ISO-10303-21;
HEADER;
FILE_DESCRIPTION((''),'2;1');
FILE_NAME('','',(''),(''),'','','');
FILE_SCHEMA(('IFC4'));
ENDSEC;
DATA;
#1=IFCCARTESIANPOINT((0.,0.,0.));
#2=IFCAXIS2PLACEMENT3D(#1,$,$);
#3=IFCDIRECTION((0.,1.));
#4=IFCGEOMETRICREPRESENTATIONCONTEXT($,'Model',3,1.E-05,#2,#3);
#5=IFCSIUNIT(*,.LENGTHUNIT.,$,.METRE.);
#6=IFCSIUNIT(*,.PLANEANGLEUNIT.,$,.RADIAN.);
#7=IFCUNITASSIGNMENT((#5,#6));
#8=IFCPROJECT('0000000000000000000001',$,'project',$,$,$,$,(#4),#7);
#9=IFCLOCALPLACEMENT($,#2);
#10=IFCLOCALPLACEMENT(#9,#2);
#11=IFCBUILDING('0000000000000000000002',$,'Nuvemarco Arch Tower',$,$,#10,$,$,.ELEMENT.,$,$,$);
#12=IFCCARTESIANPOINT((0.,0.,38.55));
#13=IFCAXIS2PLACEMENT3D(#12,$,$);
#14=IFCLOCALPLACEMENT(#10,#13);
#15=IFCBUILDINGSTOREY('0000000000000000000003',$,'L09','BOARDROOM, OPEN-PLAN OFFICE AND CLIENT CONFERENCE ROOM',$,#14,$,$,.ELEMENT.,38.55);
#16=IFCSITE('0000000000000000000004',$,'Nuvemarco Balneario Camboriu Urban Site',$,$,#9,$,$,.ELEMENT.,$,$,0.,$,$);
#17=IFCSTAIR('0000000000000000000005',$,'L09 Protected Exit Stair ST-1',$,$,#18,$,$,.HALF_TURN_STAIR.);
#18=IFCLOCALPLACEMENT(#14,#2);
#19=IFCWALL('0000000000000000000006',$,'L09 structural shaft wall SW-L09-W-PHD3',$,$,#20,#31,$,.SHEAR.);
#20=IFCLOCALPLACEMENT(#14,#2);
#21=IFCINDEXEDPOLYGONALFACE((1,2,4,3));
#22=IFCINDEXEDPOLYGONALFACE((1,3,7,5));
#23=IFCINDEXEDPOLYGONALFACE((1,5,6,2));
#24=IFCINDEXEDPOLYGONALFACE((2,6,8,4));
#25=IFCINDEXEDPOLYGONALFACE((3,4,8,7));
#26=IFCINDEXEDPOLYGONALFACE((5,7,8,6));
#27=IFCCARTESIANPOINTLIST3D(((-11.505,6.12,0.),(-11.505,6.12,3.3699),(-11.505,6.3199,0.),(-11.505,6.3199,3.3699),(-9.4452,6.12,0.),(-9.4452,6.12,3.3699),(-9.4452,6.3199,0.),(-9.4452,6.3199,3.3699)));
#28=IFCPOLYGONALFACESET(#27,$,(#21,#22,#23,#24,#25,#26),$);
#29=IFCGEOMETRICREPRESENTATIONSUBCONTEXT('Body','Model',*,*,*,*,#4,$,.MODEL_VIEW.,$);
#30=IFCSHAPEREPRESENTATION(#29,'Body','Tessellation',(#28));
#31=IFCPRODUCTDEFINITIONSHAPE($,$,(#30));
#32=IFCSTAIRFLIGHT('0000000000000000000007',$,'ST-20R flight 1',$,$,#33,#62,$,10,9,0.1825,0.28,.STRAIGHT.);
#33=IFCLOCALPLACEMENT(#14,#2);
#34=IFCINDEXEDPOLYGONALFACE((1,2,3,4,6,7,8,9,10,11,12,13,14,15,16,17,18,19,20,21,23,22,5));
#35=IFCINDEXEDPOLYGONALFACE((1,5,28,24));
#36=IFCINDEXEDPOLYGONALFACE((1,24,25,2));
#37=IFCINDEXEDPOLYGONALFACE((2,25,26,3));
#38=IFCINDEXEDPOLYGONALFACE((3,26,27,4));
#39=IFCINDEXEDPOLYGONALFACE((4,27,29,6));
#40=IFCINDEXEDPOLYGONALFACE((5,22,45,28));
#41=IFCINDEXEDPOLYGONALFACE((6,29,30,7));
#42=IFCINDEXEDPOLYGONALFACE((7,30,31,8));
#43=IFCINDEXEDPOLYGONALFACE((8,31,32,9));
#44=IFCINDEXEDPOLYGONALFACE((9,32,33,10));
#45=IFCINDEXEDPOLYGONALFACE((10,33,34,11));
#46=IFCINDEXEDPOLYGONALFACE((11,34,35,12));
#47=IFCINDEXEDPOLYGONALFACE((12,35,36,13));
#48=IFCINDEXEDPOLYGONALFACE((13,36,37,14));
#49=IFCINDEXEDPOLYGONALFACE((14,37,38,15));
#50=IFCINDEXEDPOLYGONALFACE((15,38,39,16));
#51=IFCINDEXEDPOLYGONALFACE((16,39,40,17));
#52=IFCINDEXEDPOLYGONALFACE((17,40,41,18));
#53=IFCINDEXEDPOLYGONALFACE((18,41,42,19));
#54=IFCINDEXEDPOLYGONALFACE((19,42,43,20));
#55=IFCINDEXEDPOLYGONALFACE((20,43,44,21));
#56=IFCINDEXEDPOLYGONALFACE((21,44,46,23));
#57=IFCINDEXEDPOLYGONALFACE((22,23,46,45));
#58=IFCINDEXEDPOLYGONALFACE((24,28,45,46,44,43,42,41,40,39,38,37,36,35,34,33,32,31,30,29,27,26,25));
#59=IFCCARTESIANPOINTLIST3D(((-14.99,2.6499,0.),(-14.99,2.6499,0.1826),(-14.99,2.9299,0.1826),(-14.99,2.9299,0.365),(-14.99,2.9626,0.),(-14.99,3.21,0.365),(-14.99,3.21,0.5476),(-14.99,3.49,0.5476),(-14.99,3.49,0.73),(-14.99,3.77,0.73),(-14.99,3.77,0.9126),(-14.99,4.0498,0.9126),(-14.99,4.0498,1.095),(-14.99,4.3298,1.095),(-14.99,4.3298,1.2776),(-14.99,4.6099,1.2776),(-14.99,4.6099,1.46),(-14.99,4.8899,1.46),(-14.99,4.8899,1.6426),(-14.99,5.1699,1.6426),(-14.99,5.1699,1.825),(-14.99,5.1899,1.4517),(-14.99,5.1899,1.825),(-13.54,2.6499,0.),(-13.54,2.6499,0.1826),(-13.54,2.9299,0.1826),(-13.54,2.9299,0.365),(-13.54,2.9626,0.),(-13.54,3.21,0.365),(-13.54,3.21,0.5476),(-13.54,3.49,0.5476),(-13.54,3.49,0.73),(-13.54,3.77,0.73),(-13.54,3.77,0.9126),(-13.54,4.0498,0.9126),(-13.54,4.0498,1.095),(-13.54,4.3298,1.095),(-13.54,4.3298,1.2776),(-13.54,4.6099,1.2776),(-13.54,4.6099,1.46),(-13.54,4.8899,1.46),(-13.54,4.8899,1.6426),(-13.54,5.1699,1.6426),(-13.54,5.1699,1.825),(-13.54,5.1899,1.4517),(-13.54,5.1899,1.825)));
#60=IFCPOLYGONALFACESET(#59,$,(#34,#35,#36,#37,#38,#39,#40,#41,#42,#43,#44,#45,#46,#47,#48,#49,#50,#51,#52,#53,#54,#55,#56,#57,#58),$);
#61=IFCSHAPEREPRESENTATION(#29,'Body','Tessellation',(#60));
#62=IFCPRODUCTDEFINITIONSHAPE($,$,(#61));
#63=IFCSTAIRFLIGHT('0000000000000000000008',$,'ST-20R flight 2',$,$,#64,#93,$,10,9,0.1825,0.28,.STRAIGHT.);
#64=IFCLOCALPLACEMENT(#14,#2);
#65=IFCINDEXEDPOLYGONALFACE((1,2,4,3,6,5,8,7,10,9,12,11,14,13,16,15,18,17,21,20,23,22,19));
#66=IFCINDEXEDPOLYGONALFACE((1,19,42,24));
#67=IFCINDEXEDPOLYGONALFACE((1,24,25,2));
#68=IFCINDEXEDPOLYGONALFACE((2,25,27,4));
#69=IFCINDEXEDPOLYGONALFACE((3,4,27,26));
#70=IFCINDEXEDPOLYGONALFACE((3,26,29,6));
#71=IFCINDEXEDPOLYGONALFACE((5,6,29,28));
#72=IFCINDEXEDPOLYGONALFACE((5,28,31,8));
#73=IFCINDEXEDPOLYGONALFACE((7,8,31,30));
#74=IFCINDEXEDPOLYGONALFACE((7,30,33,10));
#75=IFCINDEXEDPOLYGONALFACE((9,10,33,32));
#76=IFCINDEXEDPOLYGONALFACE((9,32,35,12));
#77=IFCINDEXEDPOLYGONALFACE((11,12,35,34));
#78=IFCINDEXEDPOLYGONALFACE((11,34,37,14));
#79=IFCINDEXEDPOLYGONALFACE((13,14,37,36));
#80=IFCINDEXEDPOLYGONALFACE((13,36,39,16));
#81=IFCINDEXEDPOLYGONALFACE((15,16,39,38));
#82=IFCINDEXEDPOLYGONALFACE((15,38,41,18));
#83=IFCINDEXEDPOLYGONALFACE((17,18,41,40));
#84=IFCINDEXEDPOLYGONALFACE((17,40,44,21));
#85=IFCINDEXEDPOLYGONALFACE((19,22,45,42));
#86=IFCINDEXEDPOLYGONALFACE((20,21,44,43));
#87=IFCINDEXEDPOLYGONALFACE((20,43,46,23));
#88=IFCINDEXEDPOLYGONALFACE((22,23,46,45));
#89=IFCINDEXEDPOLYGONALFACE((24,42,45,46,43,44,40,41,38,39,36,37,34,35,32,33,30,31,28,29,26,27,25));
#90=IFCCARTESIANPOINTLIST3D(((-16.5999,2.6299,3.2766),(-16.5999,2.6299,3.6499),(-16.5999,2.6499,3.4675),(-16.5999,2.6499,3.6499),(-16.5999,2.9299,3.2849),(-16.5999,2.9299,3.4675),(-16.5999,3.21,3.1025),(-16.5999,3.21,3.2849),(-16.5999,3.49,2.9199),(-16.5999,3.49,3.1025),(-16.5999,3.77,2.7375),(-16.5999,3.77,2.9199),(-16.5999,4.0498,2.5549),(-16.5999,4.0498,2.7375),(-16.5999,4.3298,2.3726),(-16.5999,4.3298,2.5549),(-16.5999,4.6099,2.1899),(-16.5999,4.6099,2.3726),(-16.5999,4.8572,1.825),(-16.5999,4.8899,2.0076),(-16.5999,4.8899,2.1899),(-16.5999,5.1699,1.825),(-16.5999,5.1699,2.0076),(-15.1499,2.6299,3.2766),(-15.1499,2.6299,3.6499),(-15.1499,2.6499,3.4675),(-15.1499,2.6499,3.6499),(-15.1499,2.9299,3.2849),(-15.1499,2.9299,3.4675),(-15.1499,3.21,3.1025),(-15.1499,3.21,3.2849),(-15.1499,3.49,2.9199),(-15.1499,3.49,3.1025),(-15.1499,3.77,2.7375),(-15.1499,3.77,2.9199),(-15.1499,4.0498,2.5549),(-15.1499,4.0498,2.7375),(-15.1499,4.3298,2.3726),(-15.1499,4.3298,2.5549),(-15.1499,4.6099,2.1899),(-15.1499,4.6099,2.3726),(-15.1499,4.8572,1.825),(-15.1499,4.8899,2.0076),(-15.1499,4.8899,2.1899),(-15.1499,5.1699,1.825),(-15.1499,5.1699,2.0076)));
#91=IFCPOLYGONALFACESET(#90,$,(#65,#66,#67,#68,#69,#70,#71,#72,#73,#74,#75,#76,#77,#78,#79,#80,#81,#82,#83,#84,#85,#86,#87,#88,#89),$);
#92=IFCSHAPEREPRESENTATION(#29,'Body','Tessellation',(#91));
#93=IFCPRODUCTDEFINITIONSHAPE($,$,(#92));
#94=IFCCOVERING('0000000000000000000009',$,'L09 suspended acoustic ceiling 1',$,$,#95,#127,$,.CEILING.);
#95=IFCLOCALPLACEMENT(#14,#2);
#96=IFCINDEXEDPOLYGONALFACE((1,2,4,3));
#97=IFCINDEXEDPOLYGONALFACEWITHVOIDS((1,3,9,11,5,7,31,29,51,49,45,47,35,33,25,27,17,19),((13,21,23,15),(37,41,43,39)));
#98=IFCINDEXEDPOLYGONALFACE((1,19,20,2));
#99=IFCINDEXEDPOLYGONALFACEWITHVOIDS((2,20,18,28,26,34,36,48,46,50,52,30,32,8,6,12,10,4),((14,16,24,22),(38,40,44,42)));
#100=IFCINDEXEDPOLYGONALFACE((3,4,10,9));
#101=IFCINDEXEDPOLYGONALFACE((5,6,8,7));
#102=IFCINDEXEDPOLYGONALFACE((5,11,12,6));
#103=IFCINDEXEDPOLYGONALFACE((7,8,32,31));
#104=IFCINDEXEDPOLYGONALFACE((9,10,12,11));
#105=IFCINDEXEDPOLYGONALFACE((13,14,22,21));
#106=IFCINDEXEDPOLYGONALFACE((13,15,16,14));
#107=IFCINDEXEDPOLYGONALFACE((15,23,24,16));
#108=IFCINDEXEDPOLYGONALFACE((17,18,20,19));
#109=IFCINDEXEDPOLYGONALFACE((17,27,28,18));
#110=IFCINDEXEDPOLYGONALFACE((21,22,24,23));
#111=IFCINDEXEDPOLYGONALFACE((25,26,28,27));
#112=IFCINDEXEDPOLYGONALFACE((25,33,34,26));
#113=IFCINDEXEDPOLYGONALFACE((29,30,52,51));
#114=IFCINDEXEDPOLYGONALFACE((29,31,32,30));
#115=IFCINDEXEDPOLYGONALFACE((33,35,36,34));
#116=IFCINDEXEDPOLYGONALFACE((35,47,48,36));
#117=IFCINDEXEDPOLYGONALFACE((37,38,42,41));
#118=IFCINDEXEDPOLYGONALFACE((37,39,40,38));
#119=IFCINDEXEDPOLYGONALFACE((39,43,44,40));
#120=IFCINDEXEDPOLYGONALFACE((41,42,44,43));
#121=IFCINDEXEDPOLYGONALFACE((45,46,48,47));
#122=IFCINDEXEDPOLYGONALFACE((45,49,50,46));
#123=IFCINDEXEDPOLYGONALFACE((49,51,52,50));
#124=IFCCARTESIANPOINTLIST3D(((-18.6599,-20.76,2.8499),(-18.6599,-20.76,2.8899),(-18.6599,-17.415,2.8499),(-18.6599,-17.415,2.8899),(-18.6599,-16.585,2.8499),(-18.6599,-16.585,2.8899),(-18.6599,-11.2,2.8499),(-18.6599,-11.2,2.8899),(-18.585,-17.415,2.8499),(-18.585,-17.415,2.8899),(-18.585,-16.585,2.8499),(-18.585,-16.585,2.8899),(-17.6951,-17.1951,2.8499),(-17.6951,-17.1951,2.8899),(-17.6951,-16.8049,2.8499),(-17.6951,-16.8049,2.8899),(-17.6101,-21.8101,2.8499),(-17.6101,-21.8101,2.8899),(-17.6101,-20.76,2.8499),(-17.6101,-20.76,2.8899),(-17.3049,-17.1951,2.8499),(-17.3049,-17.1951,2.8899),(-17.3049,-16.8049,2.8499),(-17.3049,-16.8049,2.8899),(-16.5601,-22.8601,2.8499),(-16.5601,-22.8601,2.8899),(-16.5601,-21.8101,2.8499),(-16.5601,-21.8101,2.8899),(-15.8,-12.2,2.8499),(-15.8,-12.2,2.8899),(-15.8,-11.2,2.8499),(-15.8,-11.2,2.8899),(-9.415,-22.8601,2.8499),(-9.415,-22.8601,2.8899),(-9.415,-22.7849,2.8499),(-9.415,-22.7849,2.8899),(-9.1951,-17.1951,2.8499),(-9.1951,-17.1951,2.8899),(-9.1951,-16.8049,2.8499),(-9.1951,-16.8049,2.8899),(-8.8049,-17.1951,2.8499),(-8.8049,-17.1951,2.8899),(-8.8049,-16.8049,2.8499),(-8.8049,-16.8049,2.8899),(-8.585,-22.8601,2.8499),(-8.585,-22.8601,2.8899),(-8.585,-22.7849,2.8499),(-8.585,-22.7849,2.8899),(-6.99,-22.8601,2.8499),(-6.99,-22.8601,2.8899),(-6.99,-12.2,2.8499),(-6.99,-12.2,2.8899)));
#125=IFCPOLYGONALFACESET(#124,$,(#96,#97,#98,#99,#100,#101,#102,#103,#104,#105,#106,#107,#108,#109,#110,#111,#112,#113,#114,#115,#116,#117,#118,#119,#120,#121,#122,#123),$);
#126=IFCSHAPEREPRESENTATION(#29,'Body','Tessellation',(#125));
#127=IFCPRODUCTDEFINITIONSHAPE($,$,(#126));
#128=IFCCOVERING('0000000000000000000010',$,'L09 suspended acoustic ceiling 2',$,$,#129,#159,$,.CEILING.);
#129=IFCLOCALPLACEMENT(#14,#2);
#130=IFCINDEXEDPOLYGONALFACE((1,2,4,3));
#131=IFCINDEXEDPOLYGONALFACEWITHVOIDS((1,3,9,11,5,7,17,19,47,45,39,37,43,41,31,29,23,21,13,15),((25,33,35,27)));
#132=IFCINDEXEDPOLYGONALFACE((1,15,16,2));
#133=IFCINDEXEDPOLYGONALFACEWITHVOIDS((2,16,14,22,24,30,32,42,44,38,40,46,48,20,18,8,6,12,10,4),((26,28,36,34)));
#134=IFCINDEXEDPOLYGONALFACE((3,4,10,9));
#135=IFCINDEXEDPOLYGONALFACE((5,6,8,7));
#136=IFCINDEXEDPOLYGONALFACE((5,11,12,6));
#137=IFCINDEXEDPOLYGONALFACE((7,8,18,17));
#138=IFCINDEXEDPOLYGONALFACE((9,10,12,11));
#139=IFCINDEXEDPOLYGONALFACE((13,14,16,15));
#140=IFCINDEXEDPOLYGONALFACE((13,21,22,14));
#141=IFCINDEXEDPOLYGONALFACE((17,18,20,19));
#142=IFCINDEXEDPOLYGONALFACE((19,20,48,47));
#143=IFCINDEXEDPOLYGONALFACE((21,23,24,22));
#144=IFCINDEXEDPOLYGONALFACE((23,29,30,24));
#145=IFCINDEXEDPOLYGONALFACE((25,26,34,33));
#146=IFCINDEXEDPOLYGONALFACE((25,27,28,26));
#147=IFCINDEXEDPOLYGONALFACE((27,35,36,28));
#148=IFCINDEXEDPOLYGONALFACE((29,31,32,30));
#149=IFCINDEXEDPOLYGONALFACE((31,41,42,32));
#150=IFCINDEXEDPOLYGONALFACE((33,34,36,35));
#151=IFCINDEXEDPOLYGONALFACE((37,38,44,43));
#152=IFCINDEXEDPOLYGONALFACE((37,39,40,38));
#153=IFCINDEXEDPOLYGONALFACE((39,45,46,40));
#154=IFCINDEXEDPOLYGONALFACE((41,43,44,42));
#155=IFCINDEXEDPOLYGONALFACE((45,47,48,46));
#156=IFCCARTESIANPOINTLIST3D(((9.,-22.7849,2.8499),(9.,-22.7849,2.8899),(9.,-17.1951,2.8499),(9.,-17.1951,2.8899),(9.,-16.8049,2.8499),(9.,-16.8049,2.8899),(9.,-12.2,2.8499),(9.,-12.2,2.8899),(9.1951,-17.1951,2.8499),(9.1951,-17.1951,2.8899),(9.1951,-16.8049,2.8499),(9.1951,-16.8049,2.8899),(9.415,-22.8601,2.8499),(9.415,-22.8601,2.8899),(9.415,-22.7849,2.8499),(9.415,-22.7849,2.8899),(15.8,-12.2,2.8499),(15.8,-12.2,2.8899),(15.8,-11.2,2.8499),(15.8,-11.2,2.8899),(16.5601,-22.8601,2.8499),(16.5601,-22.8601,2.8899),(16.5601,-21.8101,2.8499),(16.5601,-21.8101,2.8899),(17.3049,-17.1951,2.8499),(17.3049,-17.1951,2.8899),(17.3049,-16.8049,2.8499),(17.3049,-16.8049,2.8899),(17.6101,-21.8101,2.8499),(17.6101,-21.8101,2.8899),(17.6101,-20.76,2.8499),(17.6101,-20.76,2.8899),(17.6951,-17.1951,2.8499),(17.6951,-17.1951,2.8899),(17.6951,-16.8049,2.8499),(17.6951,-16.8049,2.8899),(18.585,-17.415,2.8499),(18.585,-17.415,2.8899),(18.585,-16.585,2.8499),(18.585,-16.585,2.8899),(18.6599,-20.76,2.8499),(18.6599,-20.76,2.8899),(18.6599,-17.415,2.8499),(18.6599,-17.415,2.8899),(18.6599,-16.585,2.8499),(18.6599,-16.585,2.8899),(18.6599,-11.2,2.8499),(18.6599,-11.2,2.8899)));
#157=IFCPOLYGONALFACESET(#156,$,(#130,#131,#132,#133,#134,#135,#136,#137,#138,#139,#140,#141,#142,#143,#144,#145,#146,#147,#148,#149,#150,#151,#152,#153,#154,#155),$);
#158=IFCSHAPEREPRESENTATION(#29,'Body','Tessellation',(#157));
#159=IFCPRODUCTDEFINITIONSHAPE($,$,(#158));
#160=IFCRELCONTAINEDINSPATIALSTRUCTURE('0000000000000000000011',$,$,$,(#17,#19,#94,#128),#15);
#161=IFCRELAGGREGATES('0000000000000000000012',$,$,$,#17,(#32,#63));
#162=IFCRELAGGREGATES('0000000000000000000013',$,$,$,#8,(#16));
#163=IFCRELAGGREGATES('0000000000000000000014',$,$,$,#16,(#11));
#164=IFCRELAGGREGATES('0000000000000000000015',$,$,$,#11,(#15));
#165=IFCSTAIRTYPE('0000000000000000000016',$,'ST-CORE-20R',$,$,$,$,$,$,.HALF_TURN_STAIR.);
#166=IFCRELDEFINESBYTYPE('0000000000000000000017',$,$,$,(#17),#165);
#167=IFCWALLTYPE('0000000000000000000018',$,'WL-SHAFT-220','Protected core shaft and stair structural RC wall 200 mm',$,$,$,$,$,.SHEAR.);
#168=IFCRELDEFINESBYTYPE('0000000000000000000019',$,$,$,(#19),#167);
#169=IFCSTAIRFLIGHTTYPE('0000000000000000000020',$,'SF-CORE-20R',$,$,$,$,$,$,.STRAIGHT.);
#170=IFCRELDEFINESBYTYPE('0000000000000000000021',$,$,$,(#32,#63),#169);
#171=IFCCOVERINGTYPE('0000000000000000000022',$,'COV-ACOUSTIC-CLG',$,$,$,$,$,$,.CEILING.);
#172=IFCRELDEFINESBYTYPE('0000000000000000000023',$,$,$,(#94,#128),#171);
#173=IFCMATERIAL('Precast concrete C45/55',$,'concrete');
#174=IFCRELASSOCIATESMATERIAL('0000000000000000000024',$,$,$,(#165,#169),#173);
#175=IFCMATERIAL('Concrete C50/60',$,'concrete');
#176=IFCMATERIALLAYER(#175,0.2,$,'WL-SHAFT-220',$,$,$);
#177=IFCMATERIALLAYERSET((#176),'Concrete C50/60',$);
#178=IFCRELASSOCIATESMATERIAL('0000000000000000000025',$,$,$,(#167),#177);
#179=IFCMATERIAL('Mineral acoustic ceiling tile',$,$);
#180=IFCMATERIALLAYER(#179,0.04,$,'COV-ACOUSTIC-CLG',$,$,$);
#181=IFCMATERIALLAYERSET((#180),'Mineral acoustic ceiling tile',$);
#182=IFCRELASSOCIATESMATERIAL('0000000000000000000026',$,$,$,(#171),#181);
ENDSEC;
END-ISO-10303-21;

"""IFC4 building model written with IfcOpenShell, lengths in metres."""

from ifc_helpers import new_model, si_unit, direction, frame, frame_2d, origin, place, context, subcontext, project, spatial, polyline, rectangle, outline, extrude, material, layer, layer_set, type_object, element, aggregate, save


model = new_model("IFC4")

# Units and contexts
model_context = context("Model", 3, precision=1e-05, world=origin(), true_north=direction((0.0, 1.0)))
body_context = subcontext(model_context, "Body", "Model", "MODEL_VIEW")
ifc_project = project(units=[si_unit("LENGTHUNIT", "METRE"), si_unit("PLANEANGLEUNIT", "RADIAN")], contexts=[model_context])

# Site, building, storey
site_placement = place(None, origin())
site = spatial("IfcSite", under=ifc_project, at=site_placement, Name="Nuvemarco Balneario Camboriu Urban Site", CompositionType="ELEMENT", RefElevation=0.0)
building_placement = place(site_placement, origin())
building = spatial("IfcBuilding", under=site, at=building_placement, Name="Nuvemarco Arch Tower", CompositionType="ELEMENT")
storey_placement = place(building_placement, frame((0.0, 0.0, 38.55)))
storey = spatial("IfcBuildingStorey", under=building, at=storey_placement, Name="L09", Description="BOARDROOM, OPEN-PLAN OFFICE AND CLIENT CONFERENCE ROOM", CompositionType="ELEMENT", Elevation=38.55)

# Stair
ifc_material_1 = material(Name="Precast concrete C45/55", Category="concrete")
stair_type = type_object("IfcStairType", Name="ST-CORE-20R", PredefinedType="HALF_TURN_STAIR", material=ifc_material_1)
stair_1_placement = place(storey_placement, origin())
stair_1 = element("IfcStair", 1, at=stair_1_placement, inside=storey, type_object=stair_type, Name="L09 Protected Exit Stair ST-1", PredefinedType="HALF_TURN_STAIR")

# Shared definitions
ifc_material_2 = material(Name="Concrete C50/60", Category="concrete")
ifc_layer_1 = layer(ifc_material_2, 0.2, Name="WL-SHAFT-220")
ifc_layer_set_1 = layer_set([ifc_layer_1], Name="Concrete C50/60")
wall_type_1 = type_object("IfcWallType", Name="WL-SHAFT-220", Description="Protected core shaft and stair structural RC wall 200 mm", PredefinedType="SHEAR", material=ifc_layer_set_1)

# Wall
for number, where, z_axis, x_axis, name in (
    (2, (-11.5049, 6.22, 0.0), (0.0, 0.0, 1.0), (1.0, 0.0, 0.0), "L09 structural shaft wall SW-L09-W-PHD3"),
):
    element("IfcWall", number, at=place(storey_placement, frame(where, z_axis=z_axis, x_axis=x_axis)), inside=storey, type_object=wall_type_1, Name=name, PredefinedType="SHEAR", context=body_context, shape_type="SweptSolid", body=[
        extrude(rectangle(XDim=2.0598, YDim=0.2, at=frame_2d((1.0298, 0.0))), origin(), (0.0, 0.0, 1.0), 3.3699),
    ])

# Stair flights
stair_flight_type = type_object("IfcStairFlightType", Name="SF-CORE-20R", PredefinedType="STRAIGHT", material=ifc_material_1)
stair_flight_1_placement = place(storey_placement, frame((-14.2649, 2.6499, 0.0), z_axis=(0.0, 0.0, 1.0), x_axis=(0.0, 1.0, 0.0)))
stair_flight_1 = element("IfcStairFlight", 3, at=stair_flight_1_placement, type_object=stair_flight_type, Name="ST-20R flight 1", NumberOfRisers=10, NumberOfTreads=9, PredefinedType="STRAIGHT", RiserHeight=0.1825, TreadLength=0.28, context=body_context, shape_type="SweptSolid", body=[
    extrude(outline(polyline([(0.0, 0.0), (0.0, 0.1826), (0.28, 0.1826), (0.28, 0.365), (0.5601, 0.365), (0.5601, 0.5476), (0.8401, 0.5476), (0.8401, 0.73), (1.1201, 0.73), (1.1201, 0.9126), (1.3999, 0.9126), (1.3999, 1.095), (1.6799, 1.095), (1.6799, 1.2776), (1.96, 1.2776), (1.96, 1.46), (2.24, 1.46), (2.24, 1.6426), (2.52, 1.6426), (2.52, 1.825), (2.54, 1.825), (2.54, 1.4517), (0.3127, 0.0), (0.0, 0.0)])), frame((0.0, 0.7251, 0.0), z_axis=(0.0, -1.0, 0.0), x_axis=(1.0, 0.0, 0.0)), (0.0, 0.0, 1.0), 1.45),
])
stair_flight_2_placement = place(storey_placement, frame((-15.875, 5.1699, 1.825), z_axis=(0.0, 0.0, 1.0), x_axis=(0.0, -1.0, 0.0)))
stair_flight_2 = element("IfcStairFlight", 4, at=stair_flight_2_placement, type_object=stair_flight_type, Name="ST-20R flight 2", NumberOfRisers=10, NumberOfTreads=9, PredefinedType="STRAIGHT", RiserHeight=0.1825, TreadLength=0.28, context=body_context, shape_type="SweptSolid", body=[
    extrude(outline(polyline([(0.0, 0.0), (0.0, 0.1826), (0.28, 0.1826), (0.28, 0.365), (0.5601, 0.365), (0.5601, 0.5476), (0.8401, 0.5476), (0.8401, 0.73), (1.1201, 0.73), (1.1201, 0.9126), (1.3999, 0.9126), (1.3999, 1.095), (1.6799, 1.095), (1.6799, 1.2776), (1.96, 1.2776), (1.96, 1.46), (2.24, 1.46), (2.24, 1.6426), (2.52, 1.6426), (2.52, 1.825), (2.54, 1.825), (2.54, 1.4517), (0.3127, 0.0), (0.0, 0.0)])), frame((0.0, 0.7251, 0.0), z_axis=(0.0, -1.0, 0.0), x_axis=(1.0, 0.0, 0.0)), (0.0, 0.0, 1.0), 1.45),
])
aggregate(stair_1, [stair_flight_1, stair_flight_2])

# Coverings
ifc_material_3 = material(Name="Mineral acoustic ceiling tile")
ifc_layer_2 = layer(ifc_material_3, 0.04, Name="COV-ACOUSTIC-CLG")
ifc_layer_set_2 = layer_set([ifc_layer_2], Name="Mineral acoustic ceiling tile")
covering_type = type_object("IfcCoveringType", Name="COV-ACOUSTIC-CLG", PredefinedType="CEILING", material=ifc_layer_set_2)
covering_1_placement = place(storey_placement, frame((0.0, 0.0, 2.8499)))
element("IfcCovering", 5, at=covering_1_placement, inside=storey, type_object=covering_type, Name="L09 suspended acoustic ceiling 1", PredefinedType="CEILING", context=body_context, shape_type="SweptSolid", body=[
    extrude(outline(polyline([(-18.6599, -20.76), (-18.6599, -17.415), (-18.585, -17.415), (-18.585, -16.585), (-18.6599, -16.585), (-18.6599, -11.2), (-15.8, -11.2), (-15.8, -12.2), (-6.99, -12.2), (-6.99, -22.8601), (-8.585, -22.8601), (-8.585, -22.7849), (-9.415, -22.7849), (-9.415, -22.8601), (-16.5601, -22.8601), (-16.5601, -21.8101), (-17.6101, -21.8101), (-17.6101, -20.76), (-18.6599, -20.76)]), holes=[polyline([(-17.3049, -16.8049), (-17.6951, -16.8049), (-17.6951, -17.1951), (-17.3049, -17.1951), (-17.3049, -16.8049)]), polyline([(-8.8049, -17.1951), (-8.8049, -16.8049), (-9.1951, -16.8049), (-9.1951, -17.1951), (-8.8049, -17.1951)])]), origin(), (0.0, 0.0, 1.0), 0.04),
])
covering_2_placement = place(storey_placement, frame((0.0, 0.0, 2.8499)))
element("IfcCovering", 6, at=covering_2_placement, inside=storey, type_object=covering_type, Name="L09 suspended acoustic ceiling 2", PredefinedType="CEILING", context=body_context, shape_type="SweptSolid", body=[
    extrude(outline(polyline([(16.5601, -22.8601), (9.415, -22.8601), (9.415, -22.7849), (9.0, -22.7849), (9.0, -17.1951), (9.1951, -17.1951), (9.1951, -16.8049), (9.0, -16.8049), (9.0, -12.2), (15.8, -12.2), (15.8, -11.2), (18.6599, -11.2), (18.6599, -16.585), (18.585, -16.585), (18.585, -17.415), (18.6599, -17.415), (18.6599, -20.76), (17.6101, -20.76), (17.6101, -21.8101), (16.5601, -21.8101), (16.5601, -22.8601)]), holes=[polyline([(17.6951, -17.1951), (17.6951, -16.8049), (17.3049, -16.8049), (17.3049, -17.1951), (17.6951, -17.1951)])]), origin(), (0.0, 0.0, 1.0), 0.04),
])

save(model, "model.ifc")
